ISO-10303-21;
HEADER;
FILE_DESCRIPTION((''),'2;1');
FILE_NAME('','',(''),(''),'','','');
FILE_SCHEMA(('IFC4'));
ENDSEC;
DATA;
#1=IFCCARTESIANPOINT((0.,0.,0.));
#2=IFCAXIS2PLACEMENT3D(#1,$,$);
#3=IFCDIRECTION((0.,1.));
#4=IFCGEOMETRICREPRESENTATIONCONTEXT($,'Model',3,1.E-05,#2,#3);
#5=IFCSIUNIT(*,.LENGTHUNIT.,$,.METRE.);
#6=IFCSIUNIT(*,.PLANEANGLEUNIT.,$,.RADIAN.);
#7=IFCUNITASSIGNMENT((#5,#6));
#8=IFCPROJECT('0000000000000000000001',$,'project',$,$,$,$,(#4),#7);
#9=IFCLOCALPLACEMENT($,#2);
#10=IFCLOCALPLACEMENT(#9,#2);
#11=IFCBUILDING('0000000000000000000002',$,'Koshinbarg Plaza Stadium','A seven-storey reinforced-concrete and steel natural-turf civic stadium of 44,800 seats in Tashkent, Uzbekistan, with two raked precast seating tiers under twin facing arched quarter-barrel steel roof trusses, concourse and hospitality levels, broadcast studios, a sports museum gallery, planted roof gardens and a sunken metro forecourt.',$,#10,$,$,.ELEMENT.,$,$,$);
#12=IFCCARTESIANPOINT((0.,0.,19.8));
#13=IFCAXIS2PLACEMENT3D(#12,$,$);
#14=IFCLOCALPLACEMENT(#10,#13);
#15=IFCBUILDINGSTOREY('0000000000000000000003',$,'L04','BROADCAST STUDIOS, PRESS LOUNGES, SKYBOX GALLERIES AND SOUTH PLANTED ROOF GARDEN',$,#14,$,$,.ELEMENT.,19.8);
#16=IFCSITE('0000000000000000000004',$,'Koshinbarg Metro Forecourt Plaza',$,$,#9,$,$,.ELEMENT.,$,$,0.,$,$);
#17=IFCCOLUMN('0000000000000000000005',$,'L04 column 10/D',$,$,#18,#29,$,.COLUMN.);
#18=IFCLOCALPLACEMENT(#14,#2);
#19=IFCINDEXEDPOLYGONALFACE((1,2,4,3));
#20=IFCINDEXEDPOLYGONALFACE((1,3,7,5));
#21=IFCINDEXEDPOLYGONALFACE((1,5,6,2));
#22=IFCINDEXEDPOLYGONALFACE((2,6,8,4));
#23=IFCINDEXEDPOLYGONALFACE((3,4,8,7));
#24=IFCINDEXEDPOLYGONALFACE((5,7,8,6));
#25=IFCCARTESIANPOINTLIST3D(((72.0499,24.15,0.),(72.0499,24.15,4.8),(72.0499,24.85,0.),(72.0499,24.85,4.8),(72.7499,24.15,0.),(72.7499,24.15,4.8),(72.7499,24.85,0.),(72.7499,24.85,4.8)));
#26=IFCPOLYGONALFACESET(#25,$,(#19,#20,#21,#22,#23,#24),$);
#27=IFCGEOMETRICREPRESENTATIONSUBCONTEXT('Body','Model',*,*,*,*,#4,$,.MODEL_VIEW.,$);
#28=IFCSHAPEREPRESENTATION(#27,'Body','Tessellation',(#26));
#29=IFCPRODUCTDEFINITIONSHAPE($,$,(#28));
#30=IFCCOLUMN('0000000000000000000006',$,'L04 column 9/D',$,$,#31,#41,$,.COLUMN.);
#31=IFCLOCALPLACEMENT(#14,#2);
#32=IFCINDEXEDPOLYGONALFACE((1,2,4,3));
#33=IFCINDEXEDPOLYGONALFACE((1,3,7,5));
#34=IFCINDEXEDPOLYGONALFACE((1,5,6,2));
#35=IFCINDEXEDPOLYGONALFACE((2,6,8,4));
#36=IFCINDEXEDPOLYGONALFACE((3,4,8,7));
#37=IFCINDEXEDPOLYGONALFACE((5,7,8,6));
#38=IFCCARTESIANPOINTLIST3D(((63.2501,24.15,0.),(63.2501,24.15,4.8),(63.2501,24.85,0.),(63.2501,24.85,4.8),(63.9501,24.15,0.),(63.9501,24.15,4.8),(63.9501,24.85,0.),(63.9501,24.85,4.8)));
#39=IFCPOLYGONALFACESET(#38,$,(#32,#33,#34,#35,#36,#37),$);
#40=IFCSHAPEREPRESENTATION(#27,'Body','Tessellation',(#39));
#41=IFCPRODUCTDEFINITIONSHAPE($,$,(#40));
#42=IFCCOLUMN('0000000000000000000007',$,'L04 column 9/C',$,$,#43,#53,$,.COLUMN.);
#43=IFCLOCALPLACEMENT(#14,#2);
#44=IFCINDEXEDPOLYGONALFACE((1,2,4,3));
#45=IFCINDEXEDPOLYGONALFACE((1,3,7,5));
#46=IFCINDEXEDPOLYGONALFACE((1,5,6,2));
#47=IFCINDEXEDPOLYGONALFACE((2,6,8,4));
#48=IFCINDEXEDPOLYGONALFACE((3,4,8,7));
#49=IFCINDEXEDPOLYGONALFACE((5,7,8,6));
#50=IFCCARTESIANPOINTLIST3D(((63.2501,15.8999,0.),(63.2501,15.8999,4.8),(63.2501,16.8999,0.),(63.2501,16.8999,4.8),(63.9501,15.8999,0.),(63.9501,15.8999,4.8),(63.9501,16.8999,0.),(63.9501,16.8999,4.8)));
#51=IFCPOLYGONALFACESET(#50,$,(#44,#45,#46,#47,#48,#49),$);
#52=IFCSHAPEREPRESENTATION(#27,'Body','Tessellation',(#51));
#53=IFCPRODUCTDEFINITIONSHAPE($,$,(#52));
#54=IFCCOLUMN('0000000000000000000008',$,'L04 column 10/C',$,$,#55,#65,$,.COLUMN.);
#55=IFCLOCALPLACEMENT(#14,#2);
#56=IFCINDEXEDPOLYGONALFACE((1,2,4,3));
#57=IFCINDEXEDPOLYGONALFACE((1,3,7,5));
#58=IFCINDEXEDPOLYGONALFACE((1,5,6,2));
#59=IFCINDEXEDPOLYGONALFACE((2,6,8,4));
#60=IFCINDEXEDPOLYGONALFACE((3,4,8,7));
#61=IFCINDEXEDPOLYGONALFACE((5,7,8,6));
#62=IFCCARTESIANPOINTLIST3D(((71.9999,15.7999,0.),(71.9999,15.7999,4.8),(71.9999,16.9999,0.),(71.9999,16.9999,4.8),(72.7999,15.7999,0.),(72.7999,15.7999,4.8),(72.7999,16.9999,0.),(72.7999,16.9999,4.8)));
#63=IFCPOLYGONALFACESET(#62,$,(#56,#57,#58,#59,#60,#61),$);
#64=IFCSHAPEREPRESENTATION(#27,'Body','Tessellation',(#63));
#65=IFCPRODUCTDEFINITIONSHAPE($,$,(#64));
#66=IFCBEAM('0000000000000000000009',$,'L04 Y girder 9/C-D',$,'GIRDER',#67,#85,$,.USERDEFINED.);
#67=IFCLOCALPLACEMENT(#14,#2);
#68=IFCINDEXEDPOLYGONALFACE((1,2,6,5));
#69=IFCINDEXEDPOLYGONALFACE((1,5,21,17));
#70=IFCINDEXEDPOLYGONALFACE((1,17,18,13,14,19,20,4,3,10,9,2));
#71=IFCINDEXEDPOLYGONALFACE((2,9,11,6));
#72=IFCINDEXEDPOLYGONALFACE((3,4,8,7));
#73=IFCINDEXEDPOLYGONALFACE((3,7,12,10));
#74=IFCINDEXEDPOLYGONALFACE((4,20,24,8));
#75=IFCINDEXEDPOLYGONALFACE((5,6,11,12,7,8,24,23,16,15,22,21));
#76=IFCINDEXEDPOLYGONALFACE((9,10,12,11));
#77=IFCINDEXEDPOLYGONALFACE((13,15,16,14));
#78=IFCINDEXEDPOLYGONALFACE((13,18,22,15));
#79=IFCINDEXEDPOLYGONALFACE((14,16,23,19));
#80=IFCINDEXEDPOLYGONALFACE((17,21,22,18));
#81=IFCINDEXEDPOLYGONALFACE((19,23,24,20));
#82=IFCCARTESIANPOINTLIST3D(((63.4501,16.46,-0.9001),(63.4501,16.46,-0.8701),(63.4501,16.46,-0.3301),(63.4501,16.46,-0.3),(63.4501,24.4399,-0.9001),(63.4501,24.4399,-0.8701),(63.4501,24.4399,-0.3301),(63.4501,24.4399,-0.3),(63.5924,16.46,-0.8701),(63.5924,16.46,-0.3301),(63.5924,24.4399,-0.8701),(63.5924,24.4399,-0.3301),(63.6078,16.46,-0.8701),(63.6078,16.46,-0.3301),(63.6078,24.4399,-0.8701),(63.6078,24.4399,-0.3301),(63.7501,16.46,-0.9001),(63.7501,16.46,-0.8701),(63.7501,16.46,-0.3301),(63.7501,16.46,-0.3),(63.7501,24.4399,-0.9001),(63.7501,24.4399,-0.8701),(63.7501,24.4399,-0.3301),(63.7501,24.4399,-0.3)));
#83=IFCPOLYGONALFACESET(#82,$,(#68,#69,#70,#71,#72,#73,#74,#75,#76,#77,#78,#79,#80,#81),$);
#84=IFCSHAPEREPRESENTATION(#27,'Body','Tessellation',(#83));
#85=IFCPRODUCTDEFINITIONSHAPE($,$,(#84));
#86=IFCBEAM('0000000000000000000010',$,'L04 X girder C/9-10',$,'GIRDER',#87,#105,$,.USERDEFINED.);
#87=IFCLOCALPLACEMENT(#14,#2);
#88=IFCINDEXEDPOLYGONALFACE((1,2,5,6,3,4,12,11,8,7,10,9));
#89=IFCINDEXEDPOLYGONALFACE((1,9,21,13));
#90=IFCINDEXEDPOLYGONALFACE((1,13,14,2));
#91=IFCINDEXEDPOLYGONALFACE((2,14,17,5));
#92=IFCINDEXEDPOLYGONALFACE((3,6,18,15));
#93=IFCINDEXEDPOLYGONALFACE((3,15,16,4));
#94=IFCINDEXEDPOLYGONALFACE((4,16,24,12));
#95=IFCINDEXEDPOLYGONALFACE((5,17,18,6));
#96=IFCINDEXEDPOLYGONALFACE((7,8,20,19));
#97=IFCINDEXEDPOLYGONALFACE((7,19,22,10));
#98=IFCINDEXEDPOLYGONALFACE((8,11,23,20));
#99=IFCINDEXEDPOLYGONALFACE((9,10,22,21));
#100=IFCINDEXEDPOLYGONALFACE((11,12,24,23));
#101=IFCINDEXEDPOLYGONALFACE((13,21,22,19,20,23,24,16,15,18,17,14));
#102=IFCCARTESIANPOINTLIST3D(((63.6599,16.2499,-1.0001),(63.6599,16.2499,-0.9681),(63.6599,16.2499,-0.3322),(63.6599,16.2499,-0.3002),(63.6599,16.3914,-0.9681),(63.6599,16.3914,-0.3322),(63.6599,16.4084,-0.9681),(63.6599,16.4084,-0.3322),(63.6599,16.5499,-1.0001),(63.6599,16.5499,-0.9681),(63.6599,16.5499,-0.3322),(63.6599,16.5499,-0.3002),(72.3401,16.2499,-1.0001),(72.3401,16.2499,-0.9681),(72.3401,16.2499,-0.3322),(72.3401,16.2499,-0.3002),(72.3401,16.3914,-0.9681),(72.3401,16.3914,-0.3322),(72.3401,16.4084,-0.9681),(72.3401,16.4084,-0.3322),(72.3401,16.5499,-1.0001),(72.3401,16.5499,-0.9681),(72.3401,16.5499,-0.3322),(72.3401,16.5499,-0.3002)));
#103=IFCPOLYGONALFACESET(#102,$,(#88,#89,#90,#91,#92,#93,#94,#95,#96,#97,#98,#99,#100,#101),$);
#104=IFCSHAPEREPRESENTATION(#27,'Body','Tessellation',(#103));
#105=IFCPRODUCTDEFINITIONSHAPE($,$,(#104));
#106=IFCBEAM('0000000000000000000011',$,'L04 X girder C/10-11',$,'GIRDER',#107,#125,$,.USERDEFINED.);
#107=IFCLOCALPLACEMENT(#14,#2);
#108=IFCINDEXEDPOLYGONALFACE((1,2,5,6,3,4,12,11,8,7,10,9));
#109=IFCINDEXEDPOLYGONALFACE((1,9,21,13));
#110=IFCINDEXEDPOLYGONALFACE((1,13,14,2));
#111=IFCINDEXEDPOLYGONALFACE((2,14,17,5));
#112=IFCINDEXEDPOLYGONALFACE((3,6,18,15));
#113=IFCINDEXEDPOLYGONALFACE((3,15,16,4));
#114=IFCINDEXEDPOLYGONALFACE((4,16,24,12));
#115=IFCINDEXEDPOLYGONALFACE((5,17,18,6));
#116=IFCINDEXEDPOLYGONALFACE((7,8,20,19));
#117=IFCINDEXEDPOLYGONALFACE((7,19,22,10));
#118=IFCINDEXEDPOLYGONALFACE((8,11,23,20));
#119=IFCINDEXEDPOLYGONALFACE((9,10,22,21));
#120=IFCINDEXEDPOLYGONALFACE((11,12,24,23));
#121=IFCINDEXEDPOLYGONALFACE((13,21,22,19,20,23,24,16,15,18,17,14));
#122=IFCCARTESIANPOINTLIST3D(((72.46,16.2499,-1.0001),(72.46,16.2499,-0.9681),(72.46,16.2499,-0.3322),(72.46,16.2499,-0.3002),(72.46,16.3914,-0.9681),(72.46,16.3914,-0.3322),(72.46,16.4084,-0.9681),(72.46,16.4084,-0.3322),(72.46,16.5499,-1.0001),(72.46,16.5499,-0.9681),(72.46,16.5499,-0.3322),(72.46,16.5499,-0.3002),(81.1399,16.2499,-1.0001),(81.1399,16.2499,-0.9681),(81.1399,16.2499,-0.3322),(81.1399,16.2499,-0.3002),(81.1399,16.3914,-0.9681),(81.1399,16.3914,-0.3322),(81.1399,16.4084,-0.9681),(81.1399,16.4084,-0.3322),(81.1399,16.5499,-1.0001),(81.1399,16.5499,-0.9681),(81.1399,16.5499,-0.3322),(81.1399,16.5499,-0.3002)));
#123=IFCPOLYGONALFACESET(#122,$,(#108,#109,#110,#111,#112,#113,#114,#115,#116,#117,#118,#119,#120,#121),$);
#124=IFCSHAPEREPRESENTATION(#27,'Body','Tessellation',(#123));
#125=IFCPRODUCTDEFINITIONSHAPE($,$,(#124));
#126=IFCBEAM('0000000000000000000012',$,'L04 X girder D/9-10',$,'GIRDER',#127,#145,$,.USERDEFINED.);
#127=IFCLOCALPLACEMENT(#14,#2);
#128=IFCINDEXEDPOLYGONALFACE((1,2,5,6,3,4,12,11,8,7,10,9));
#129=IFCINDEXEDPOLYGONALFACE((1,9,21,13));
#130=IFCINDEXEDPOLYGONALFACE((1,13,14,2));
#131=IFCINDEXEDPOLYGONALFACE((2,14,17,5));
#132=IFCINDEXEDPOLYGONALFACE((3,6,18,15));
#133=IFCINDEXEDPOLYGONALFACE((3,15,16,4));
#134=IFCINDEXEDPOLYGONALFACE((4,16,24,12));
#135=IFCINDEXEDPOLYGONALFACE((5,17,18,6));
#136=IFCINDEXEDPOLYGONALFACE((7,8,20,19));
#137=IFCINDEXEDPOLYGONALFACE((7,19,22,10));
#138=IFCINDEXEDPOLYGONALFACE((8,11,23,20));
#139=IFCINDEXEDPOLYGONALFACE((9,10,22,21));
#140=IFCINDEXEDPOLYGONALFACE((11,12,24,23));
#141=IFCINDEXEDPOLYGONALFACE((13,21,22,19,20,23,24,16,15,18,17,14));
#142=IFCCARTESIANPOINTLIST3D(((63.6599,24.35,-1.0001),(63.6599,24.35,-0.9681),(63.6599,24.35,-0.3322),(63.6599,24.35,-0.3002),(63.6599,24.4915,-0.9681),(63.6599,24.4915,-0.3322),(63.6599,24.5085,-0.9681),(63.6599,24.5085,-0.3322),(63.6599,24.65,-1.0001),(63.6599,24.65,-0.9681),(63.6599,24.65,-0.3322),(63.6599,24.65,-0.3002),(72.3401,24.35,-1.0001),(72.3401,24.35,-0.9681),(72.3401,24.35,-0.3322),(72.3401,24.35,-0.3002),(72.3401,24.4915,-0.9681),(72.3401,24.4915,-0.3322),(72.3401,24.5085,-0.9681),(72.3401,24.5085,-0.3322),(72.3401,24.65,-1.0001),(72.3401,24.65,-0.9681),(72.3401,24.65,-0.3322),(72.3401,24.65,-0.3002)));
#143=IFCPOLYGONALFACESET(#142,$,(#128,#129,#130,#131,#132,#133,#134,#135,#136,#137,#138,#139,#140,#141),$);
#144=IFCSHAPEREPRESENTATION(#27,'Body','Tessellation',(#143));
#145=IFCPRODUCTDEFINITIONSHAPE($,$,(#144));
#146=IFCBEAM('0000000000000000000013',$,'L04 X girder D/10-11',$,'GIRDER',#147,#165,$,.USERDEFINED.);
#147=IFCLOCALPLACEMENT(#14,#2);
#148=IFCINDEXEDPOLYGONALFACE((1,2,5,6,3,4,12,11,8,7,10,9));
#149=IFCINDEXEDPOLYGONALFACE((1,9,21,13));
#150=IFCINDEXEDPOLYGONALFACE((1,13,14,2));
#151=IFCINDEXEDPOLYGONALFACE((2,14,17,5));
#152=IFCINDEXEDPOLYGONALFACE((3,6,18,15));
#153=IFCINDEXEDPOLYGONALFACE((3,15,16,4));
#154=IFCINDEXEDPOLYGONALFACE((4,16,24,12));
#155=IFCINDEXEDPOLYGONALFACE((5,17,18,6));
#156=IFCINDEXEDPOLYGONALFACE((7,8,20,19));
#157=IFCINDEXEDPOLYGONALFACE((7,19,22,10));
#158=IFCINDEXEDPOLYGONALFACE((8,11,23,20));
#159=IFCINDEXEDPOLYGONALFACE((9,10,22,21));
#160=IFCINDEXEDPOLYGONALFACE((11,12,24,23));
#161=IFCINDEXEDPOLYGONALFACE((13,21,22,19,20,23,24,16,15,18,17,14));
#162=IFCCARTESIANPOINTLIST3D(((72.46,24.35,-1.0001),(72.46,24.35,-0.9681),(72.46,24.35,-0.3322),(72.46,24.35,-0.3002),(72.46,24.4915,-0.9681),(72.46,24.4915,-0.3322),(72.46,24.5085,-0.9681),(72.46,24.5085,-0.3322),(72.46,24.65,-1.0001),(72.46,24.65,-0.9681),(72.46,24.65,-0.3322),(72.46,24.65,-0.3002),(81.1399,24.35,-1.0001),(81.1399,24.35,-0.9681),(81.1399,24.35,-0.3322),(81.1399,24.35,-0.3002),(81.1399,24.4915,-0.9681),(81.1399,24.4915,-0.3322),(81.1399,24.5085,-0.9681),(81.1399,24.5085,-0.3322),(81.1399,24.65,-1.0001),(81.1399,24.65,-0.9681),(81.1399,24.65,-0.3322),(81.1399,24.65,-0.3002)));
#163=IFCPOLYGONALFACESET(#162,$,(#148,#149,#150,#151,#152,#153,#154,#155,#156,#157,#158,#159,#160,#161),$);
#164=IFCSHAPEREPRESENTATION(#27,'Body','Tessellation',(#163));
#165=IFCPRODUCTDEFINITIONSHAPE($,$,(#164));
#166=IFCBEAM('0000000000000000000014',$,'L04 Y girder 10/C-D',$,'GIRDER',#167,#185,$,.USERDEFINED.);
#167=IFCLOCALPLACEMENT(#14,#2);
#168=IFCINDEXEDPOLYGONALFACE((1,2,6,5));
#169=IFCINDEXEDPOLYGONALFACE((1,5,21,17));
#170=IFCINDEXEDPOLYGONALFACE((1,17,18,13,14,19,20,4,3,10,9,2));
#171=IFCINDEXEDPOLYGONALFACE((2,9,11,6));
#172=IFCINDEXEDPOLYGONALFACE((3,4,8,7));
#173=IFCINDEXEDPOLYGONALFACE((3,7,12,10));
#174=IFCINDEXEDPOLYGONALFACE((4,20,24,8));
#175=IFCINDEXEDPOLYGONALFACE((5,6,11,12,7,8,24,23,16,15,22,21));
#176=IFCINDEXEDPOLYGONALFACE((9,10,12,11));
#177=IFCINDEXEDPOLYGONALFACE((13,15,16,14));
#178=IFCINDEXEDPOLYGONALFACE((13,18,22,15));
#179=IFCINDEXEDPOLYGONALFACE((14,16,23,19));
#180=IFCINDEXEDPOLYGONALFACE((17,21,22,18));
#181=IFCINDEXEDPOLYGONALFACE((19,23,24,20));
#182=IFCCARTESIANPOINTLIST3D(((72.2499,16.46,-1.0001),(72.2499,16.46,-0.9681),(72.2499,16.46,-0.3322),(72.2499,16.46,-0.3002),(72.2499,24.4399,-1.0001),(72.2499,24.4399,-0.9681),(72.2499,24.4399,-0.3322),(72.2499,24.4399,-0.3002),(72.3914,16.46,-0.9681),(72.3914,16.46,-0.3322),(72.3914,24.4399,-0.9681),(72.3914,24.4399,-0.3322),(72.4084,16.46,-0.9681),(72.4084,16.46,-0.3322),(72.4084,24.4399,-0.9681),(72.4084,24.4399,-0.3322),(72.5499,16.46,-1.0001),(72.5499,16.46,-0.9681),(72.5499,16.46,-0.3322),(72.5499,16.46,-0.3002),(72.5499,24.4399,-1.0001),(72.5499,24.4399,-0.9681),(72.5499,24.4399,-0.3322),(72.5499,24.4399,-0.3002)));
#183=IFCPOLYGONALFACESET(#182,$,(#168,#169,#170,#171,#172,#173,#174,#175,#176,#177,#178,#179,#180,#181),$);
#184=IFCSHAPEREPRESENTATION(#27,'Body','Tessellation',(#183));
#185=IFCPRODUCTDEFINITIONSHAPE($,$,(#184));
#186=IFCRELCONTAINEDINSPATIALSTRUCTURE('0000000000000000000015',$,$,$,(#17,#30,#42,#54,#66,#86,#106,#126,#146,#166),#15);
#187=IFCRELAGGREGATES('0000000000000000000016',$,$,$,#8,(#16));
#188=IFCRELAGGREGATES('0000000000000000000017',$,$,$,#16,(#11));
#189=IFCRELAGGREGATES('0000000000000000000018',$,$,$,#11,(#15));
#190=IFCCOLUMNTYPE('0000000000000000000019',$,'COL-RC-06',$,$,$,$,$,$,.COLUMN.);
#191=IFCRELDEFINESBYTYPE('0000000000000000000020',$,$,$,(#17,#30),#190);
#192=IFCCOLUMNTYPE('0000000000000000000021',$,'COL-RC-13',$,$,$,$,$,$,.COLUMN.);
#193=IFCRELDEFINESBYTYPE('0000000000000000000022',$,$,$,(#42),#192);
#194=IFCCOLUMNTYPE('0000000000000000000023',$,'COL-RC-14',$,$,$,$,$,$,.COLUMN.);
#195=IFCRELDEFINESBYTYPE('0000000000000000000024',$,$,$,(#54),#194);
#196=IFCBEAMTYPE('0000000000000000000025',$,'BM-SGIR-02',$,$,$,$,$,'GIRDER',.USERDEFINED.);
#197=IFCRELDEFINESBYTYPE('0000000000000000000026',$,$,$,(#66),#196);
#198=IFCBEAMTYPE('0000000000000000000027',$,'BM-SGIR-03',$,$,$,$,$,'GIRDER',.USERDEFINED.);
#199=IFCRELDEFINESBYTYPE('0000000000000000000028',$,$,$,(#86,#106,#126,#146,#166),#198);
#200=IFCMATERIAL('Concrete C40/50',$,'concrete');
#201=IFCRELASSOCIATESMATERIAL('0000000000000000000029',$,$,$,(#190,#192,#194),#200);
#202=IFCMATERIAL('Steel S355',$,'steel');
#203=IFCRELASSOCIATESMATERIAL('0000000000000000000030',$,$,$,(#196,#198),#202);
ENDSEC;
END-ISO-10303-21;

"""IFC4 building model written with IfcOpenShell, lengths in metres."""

from ifc_helpers import new_model, si_unit, direction, frame, origin, origin_2d, place, context, subcontext, project, spatial, rectangle, i_section, extrude, material, material_profile, profile_set, type_object, element, save


model = new_model("IFC4")

# Units and contexts
model_context = context("Model", 3, precision=1e-05, world=origin(), true_north=direction((0.0, 1.0)))
body_context = subcontext(model_context, "Body", "Model", "MODEL_VIEW")
ifc_project = project(units=[si_unit("LENGTHUNIT", "METRE"), si_unit("PLANEANGLEUNIT", "RADIAN")], contexts=[model_context])

# Site, building, storey
site_placement = place(None, origin())
site = spatial("IfcSite", under=ifc_project, at=site_placement, Name="Koshinbarg Metro Forecourt Plaza", CompositionType="ELEMENT", RefElevation=0.0)
building_placement = place(site_placement, origin())
building = spatial("IfcBuilding", under=site, at=building_placement, Name="Koshinbarg Plaza Stadium", Description="A seven-storey reinforced-concrete and steel natural-turf civic stadium of 44,800 seats in Tashkent, Uzbekistan, with two raked precast seating tiers under twin facing arched quarter-barrel steel roof trusses, concourse and hospitality levels, broadcast studios, a sports museum gallery, planted roof gardens and a sunken metro forecourt.", CompositionType="ELEMENT")
storey_placement = place(building_placement, frame((0.0, 0.0, 19.8)))
storey = spatial("IfcBuildingStorey", under=building, at=storey_placement, Name="L04", Description="BROADCAST STUDIOS, PRESS LOUNGES, SKYBOX GALLERIES AND SOUTH PLANTED ROOF GARDEN", CompositionType="ELEMENT", Elevation=19.8)

# Columns
ifc_material_1 = material(Name="Concrete C40/50", Category="concrete")
ifc_material_profile_1 = material_profile(ifc_material_1, rectangle(XDim=0.7, YDim=0.7, at=origin_2d()), Name="RC 700x700")
ifc_profile_set_1 = profile_set([ifc_material_profile_1], Name="Concrete C40/50")
column_type_1 = type_object("IfcColumnType", Name="COL-RC-06", PredefinedType="COLUMN", material=ifc_profile_set_1)
for number, where, z_axis, x_axis, name in (
    (1, (72.3999, 24.5, 0.0), (0.0, 0.0, 1.0), (1.0, 0.0, 0.0), "L04 column 10/D"),
    (2, (63.6001, 24.5, 0.0), (0.0, 0.0, 1.0), (1.0, 0.0, 0.0), "L04 column 9/D"),
):
    element("IfcColumn", number, at=place(storey_placement, frame(where, z_axis=z_axis, x_axis=x_axis)), inside=storey, type_object=column_type_1, Name=name, PredefinedType="COLUMN", context=body_context, shape_type="SweptSolid", body=[
        extrude(rectangle(XDim=0.7, YDim=0.7, at=origin_2d()), origin(), (0.0, 0.0, 1.0), 4.8),
    ])
ifc_material_profile_2 = material_profile(ifc_material_1, rectangle(XDim=0.7, YDim=1.0, at=origin_2d()), Name="RC 700x1000")
ifc_profile_set_2 = profile_set([ifc_material_profile_2], Name="Concrete C40/50")
column_type_2 = type_object("IfcColumnType", Name="COL-RC-13", PredefinedType="COLUMN", material=ifc_profile_set_2)
column_1_placement = place(storey_placement, frame((63.6001, 16.3999, 0.0), z_axis=(0.0, 0.0, 1.0), x_axis=(1.0, 0.0, 0.0)))
element("IfcColumn", 3, at=column_1_placement, inside=storey, type_object=column_type_2, Name="L04 column 9/C", PredefinedType="COLUMN", context=body_context, shape_type="SweptSolid", body=[
    extrude(rectangle(XDim=0.7, YDim=1.0, at=origin_2d()), origin(), (0.0, 0.0, 1.0), 4.8),
])
ifc_material_profile_3 = material_profile(ifc_material_1, rectangle(XDim=0.8, YDim=1.2, at=origin_2d()), Name="RC 800x1200")
ifc_profile_set_3 = profile_set([ifc_material_profile_3], Name="Concrete C40/50")
column_type_3 = type_object("IfcColumnType", Name="COL-RC-14", PredefinedType="COLUMN", material=ifc_profile_set_3)
column_2_placement = place(storey_placement, frame((72.3999, 16.3999, 0.0), z_axis=(0.0, 0.0, 1.0), x_axis=(1.0, 0.0, 0.0)))
element("IfcColumn", 4, at=column_2_placement, inside=storey, type_object=column_type_3, Name="L04 column 10/C", PredefinedType="COLUMN", context=body_context, shape_type="SweptSolid", body=[
    extrude(rectangle(XDim=0.8, YDim=1.2, at=origin_2d()), origin(), (0.0, 0.0, 1.0), 4.8),
])

# Beams
ifc_material_2 = material(Name="Steel S355", Category="steel")
ifc_material_profile_4 = material_profile(ifc_material_2, i_section(OverallWidth=0.3, OverallDepth=0.6001, WebThickness=0.0154, FlangeThickness=0.03, at=origin_2d()), Name="HEB 600")
ifc_profile_set_4 = profile_set([ifc_material_profile_4], Name="Steel S355")
beam_type_1 = type_object("IfcBeamType", Name="BM-SGIR-02", ElementType="GIRDER", PredefinedType="USERDEFINED", material=ifc_profile_set_4)
beam_1_placement = place(storey_placement, frame((63.6001, 16.46, -0.6001), z_axis=(0.0, 1.0, 0.0), x_axis=(-1.0, 0.0, 0.0)))
element("IfcBeam", 5, at=beam_1_placement, inside=storey, type_object=beam_type_1, Name="L04 Y girder 9/C-D", ObjectType="GIRDER", PredefinedType="USERDEFINED", context=body_context, shape_type="SweptSolid", body=[
    extrude(i_section(OverallWidth=0.3, OverallDepth=0.6001, WebThickness=0.0154, FlangeThickness=0.03, at=origin_2d()), origin(), (0.0, 0.0, 1.0), 7.98),
])
ifc_material_profile_5 = material_profile(ifc_material_2, i_section(OverallWidth=0.3, OverallDepth=0.7, WebThickness=0.0171, FlangeThickness=0.032, at=origin_2d()), Name="HEB 700")
ifc_profile_set_5 = profile_set([ifc_material_profile_5], Name="Steel S355")
beam_type_2 = type_object("IfcBeamType", Name="BM-SGIR-03", ElementType="GIRDER", PredefinedType="USERDEFINED", material=ifc_profile_set_5)
beam_2_placement = place(storey_placement, frame((63.6599, 16.3999, -0.6501), z_axis=(1.0, 0.0, 0.0), x_axis=(0.0, 1.0, 0.0)))
element("IfcBeam", 6, at=beam_2_placement, inside=storey, type_object=beam_type_2, Name="L04 X girder C/9-10", ObjectType="GIRDER", PredefinedType="USERDEFINED", context=body_context, shape_type="SweptSolid", body=[
    extrude(i_section(OverallWidth=0.3, OverallDepth=0.7, WebThickness=0.0171, FlangeThickness=0.032, at=origin_2d()), origin(), (0.0, 0.0, 1.0), 8.6802),
])
beam_3_placement = place(storey_placement, frame((72.46, 16.3999, -0.6501), z_axis=(1.0, 0.0, 0.0), x_axis=(0.0, 1.0, 0.0)))
element("IfcBeam", 7, at=beam_3_placement, inside=storey, type_object=beam_type_2, Name="L04 X girder C/10-11", ObjectType="GIRDER", PredefinedType="USERDEFINED", context=body_context, shape_type="SweptSolid", body=[
    extrude(i_section(OverallWidth=0.3, OverallDepth=0.7, WebThickness=0.0171, FlangeThickness=0.032, at=origin_2d()), origin(), (0.0, 0.0, 1.0), 8.6799),
])
beam_4_placement = place(storey_placement, frame((63.6599, 24.5, -0.6501), z_axis=(1.0, 0.0, 0.0), x_axis=(0.0, 1.0, 0.0)))
element("IfcBeam", 8, at=beam_4_placement, inside=storey, type_object=beam_type_2, Name="L04 X girder D/9-10", ObjectType="GIRDER", PredefinedType="USERDEFINED", context=body_context, shape_type="SweptSolid", body=[
    extrude(i_section(OverallWidth=0.3, OverallDepth=0.7, WebThickness=0.0171, FlangeThickness=0.032, at=origin_2d()), origin(), (0.0, 0.0, 1.0), 8.6802),
])
beam_5_placement = place(storey_placement, frame((72.46, 24.5, -0.6501), z_axis=(1.0, 0.0, 0.0), x_axis=(0.0, 1.0, 0.0)))
element("IfcBeam", 9, at=beam_5_placement, inside=storey, type_object=beam_type_2, Name="L04 X girder D/10-11", ObjectType="GIRDER", PredefinedType="USERDEFINED", context=body_context, shape_type="SweptSolid", body=[
    extrude(i_section(OverallWidth=0.3, OverallDepth=0.7, WebThickness=0.0171, FlangeThickness=0.032, at=origin_2d()), origin(), (0.0, 0.0, 1.0), 8.6799),
])
beam_6_placement = place(storey_placement, frame((72.3999, 16.46, -0.6501), z_axis=(0.0, 1.0, 0.0), x_axis=(-1.0, 0.0, 0.0)))
element("IfcBeam", 10, at=beam_6_placement, inside=storey, type_object=beam_type_2, Name="L04 Y girder 10/C-D", ObjectType="GIRDER", PredefinedType="USERDEFINED", context=body_context, shape_type="SweptSolid", body=[
    extrude(i_section(OverallWidth=0.3, OverallDepth=0.7, WebThickness=0.0171, FlangeThickness=0.032, at=origin_2d()), origin(), (0.0, 0.0, 1.0), 7.98),
])

save(model, "model.ifc")
